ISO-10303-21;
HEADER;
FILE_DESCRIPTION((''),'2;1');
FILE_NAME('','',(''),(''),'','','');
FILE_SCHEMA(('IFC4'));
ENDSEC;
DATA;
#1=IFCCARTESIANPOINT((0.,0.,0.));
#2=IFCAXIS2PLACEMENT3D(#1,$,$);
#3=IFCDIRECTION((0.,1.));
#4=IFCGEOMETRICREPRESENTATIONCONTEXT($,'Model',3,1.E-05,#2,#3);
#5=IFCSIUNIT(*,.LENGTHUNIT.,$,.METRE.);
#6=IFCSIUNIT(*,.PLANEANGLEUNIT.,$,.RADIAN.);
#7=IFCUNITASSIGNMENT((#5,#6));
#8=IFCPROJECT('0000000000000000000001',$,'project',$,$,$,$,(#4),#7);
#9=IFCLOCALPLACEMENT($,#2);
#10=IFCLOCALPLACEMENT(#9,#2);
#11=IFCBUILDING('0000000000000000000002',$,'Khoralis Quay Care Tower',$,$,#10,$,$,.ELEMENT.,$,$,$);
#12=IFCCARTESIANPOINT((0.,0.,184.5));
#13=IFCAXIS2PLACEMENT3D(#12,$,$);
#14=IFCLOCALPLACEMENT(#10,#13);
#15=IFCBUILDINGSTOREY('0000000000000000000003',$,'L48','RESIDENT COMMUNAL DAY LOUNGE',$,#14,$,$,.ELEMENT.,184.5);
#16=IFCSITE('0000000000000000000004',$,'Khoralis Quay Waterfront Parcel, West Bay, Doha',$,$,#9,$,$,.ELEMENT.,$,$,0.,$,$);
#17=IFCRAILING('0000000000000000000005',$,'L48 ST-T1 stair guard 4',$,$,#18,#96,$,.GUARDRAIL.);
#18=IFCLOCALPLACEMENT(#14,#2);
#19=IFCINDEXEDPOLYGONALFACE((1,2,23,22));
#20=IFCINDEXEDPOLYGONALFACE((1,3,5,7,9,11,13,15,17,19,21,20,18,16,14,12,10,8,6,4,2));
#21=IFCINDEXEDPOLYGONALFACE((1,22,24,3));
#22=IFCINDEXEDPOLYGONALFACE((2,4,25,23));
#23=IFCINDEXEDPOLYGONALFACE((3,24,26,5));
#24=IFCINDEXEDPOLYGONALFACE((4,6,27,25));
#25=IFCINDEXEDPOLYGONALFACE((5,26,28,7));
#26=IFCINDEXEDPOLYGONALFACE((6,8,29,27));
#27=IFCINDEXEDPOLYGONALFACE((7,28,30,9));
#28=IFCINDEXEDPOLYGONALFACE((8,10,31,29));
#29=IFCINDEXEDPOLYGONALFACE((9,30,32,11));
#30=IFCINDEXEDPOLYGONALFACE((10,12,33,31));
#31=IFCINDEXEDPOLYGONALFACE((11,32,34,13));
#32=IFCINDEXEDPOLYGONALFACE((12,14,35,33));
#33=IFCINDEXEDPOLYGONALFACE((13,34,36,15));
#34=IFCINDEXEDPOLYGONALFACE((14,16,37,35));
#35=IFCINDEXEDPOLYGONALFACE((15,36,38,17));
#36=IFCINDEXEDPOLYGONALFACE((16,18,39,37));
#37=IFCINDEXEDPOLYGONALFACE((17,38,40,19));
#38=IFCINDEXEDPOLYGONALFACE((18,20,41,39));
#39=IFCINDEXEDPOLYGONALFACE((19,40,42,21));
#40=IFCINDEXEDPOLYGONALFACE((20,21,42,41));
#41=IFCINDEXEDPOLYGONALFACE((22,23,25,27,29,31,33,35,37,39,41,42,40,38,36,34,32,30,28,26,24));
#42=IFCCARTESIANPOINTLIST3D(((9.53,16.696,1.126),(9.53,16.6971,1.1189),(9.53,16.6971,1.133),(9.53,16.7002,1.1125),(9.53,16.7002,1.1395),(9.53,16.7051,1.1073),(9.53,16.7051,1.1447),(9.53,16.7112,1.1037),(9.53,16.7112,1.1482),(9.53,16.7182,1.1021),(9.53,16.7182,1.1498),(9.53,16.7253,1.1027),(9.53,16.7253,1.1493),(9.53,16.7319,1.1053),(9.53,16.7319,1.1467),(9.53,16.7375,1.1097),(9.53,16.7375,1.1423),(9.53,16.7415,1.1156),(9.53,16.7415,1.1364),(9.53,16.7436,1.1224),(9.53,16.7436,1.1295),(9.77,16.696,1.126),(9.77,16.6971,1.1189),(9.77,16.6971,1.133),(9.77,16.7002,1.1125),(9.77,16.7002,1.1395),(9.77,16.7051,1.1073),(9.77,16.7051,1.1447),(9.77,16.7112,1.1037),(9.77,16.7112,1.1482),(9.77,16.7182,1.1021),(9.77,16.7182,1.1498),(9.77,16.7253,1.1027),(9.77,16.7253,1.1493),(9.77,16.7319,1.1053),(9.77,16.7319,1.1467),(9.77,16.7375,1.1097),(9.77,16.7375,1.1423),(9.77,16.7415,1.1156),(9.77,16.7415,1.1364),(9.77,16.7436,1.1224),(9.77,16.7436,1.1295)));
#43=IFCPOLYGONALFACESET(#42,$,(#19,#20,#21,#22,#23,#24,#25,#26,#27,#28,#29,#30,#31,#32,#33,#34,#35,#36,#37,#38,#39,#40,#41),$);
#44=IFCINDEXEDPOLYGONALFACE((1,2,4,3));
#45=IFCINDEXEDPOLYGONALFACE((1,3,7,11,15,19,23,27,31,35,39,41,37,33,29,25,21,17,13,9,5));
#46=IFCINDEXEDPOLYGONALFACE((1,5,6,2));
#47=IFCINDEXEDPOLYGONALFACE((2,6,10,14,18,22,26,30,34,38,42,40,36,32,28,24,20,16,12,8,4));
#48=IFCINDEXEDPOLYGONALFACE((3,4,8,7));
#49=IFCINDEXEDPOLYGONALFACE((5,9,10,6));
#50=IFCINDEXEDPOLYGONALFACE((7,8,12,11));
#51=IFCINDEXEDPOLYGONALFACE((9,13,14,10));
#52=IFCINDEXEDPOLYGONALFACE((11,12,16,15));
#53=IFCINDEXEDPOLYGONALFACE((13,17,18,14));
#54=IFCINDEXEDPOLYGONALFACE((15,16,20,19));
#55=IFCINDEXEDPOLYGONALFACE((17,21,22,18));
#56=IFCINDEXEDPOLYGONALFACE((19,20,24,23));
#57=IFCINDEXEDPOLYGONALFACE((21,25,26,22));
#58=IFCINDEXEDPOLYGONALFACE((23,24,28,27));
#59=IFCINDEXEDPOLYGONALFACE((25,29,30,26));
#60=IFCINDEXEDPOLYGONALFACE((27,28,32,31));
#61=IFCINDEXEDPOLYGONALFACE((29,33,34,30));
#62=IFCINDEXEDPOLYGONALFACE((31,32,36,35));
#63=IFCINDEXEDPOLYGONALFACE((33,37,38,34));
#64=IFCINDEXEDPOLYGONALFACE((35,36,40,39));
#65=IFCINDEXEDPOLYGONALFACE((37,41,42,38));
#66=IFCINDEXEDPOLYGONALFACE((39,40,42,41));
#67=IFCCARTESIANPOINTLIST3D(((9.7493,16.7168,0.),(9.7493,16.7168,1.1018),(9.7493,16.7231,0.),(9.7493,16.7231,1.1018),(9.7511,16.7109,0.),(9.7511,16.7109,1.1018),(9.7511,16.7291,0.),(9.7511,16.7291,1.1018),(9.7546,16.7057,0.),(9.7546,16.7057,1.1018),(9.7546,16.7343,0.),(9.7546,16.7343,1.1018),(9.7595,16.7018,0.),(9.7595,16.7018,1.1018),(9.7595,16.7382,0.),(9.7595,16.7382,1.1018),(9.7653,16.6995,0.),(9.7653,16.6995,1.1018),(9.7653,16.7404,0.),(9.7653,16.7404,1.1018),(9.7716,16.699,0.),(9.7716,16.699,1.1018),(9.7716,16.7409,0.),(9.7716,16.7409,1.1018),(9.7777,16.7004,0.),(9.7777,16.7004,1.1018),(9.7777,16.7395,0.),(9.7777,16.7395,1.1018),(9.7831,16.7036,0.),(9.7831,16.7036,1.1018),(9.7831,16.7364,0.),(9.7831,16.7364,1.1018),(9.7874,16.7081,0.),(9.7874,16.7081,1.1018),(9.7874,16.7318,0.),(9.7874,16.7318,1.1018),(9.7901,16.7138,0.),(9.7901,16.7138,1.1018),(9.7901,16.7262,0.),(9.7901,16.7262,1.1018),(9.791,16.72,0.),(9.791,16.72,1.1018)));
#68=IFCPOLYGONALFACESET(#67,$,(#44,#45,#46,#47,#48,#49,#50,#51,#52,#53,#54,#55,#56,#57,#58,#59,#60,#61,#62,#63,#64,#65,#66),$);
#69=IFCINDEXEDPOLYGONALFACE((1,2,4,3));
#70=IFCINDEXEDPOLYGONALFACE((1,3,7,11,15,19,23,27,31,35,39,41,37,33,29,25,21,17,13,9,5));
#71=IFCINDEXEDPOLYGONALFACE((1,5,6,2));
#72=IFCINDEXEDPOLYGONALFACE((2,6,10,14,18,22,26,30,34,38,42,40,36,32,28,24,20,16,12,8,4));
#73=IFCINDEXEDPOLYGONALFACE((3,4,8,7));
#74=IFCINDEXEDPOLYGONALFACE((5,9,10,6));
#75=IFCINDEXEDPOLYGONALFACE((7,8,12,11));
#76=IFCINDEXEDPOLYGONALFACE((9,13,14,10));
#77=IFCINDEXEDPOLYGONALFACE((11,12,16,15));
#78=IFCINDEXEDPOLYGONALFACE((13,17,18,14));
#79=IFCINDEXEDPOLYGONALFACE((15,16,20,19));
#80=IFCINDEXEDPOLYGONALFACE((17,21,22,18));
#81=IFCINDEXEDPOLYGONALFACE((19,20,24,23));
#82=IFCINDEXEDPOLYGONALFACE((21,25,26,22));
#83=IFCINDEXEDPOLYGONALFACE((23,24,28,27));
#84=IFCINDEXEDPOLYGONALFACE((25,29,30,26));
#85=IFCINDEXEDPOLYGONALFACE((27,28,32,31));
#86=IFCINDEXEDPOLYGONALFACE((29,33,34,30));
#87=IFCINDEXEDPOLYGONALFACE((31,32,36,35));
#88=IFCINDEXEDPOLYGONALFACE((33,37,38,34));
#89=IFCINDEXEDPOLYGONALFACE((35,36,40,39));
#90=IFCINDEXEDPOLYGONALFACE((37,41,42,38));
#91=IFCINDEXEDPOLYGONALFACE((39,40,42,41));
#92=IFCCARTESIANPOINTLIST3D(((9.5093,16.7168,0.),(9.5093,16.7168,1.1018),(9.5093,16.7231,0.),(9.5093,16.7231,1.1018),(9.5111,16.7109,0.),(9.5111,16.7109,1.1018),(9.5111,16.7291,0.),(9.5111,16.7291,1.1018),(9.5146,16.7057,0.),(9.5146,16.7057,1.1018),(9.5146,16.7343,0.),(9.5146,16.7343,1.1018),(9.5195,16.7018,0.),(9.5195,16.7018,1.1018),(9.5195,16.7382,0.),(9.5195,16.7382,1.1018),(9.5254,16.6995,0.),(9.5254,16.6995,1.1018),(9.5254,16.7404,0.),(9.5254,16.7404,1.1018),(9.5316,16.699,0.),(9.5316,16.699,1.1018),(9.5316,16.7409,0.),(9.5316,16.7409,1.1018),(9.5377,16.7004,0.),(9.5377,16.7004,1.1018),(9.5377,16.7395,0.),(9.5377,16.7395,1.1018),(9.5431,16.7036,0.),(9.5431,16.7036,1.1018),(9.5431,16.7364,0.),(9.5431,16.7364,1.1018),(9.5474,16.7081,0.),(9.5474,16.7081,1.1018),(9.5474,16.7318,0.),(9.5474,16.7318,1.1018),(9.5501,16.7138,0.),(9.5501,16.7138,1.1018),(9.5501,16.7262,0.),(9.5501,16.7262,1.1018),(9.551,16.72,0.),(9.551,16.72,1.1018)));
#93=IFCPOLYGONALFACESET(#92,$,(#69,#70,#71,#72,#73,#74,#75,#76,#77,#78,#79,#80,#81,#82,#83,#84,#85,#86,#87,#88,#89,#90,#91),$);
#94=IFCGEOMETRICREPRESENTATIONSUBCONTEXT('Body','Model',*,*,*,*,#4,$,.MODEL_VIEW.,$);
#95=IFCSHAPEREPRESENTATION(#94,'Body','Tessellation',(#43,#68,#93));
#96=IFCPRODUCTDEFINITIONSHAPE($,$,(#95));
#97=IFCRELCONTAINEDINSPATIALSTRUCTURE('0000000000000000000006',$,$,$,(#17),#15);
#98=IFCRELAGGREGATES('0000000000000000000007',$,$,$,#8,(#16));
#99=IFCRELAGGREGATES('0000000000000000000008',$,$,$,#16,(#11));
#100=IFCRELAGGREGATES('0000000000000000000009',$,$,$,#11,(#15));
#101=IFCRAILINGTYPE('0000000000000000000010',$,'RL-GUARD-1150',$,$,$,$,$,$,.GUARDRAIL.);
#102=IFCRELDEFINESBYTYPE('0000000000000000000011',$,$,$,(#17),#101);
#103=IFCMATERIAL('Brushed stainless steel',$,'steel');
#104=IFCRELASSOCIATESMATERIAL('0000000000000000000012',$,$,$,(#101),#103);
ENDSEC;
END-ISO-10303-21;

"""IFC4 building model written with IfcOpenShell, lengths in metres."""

from ifc_helpers import new_model, si_unit, direction, frame, origin, origin_2d, place, context, subcontext, project, spatial, circle, extrude, material, type_object, element, save


model = new_model("IFC4")

# Units and contexts
model_context = context("Model", 3, precision=1e-05, world=origin(), true_north=direction((0.0, 1.0)))
body_context = subcontext(model_context, "Body", "Model", "MODEL_VIEW")
ifc_project = project(units=[si_unit("LENGTHUNIT", "METRE"), si_unit("PLANEANGLEUNIT", "RADIAN")], contexts=[model_context])

# Site, building, storey
site_placement = place(None, origin())
site = spatial("IfcSite", under=ifc_project, at=site_placement, Name="Khoralis Quay Waterfront Parcel, West Bay, Doha", CompositionType="ELEMENT", RefElevation=0.0)
building_placement = place(site_placement, origin())
building = spatial("IfcBuilding", under=site, at=building_placement, Name="Khoralis Quay Care Tower", CompositionType="ELEMENT")
storey_placement = place(building_placement, frame((0.0, 0.0, 184.5)))
storey = spatial("IfcBuildingStorey", under=building, at=storey_placement, Name="L48", Description="RESIDENT COMMUNAL DAY LOUNGE", CompositionType="ELEMENT", Elevation=184.5)

# Railing
ifc_material_1 = material(Name="Brushed stainless steel", Category="steel")
railing_type_1 = type_object("IfcRailingType", Name="RL-GUARD-1150", PredefinedType="GUARDRAIL", material=ifc_material_1)
railing_1_placement = place(storey_placement, frame((9.77, 16.72, 0.0)))
element("IfcRailing", 1, at=railing_1_placement, inside=storey, type_object=railing_type_1, Name="L48 ST-T1 stair guard 4", PredefinedType="GUARDRAIL", context=body_context, shape_type="SweptSolid", body=[
    extrude(circle(Radius=0.0239, at=origin_2d()), frame((0.0, 0.0, 1.126), z_axis=(-1.0, 0.0, 0.0), x_axis=(0.0, -1.0, 0.0)), (0.0, 0.0, 1.0), 0.24),
    extrude(circle(Radius=0.021, at=origin_2d()), origin(), (0.0, 0.0, 1.0), 1.1018),
    extrude(circle(Radius=0.021, at=origin_2d()), frame((-0.24, 0.0, 0.0)), (0.0, 0.0, 1.0), 1.1018),
])

save(model, "model.ifc")
